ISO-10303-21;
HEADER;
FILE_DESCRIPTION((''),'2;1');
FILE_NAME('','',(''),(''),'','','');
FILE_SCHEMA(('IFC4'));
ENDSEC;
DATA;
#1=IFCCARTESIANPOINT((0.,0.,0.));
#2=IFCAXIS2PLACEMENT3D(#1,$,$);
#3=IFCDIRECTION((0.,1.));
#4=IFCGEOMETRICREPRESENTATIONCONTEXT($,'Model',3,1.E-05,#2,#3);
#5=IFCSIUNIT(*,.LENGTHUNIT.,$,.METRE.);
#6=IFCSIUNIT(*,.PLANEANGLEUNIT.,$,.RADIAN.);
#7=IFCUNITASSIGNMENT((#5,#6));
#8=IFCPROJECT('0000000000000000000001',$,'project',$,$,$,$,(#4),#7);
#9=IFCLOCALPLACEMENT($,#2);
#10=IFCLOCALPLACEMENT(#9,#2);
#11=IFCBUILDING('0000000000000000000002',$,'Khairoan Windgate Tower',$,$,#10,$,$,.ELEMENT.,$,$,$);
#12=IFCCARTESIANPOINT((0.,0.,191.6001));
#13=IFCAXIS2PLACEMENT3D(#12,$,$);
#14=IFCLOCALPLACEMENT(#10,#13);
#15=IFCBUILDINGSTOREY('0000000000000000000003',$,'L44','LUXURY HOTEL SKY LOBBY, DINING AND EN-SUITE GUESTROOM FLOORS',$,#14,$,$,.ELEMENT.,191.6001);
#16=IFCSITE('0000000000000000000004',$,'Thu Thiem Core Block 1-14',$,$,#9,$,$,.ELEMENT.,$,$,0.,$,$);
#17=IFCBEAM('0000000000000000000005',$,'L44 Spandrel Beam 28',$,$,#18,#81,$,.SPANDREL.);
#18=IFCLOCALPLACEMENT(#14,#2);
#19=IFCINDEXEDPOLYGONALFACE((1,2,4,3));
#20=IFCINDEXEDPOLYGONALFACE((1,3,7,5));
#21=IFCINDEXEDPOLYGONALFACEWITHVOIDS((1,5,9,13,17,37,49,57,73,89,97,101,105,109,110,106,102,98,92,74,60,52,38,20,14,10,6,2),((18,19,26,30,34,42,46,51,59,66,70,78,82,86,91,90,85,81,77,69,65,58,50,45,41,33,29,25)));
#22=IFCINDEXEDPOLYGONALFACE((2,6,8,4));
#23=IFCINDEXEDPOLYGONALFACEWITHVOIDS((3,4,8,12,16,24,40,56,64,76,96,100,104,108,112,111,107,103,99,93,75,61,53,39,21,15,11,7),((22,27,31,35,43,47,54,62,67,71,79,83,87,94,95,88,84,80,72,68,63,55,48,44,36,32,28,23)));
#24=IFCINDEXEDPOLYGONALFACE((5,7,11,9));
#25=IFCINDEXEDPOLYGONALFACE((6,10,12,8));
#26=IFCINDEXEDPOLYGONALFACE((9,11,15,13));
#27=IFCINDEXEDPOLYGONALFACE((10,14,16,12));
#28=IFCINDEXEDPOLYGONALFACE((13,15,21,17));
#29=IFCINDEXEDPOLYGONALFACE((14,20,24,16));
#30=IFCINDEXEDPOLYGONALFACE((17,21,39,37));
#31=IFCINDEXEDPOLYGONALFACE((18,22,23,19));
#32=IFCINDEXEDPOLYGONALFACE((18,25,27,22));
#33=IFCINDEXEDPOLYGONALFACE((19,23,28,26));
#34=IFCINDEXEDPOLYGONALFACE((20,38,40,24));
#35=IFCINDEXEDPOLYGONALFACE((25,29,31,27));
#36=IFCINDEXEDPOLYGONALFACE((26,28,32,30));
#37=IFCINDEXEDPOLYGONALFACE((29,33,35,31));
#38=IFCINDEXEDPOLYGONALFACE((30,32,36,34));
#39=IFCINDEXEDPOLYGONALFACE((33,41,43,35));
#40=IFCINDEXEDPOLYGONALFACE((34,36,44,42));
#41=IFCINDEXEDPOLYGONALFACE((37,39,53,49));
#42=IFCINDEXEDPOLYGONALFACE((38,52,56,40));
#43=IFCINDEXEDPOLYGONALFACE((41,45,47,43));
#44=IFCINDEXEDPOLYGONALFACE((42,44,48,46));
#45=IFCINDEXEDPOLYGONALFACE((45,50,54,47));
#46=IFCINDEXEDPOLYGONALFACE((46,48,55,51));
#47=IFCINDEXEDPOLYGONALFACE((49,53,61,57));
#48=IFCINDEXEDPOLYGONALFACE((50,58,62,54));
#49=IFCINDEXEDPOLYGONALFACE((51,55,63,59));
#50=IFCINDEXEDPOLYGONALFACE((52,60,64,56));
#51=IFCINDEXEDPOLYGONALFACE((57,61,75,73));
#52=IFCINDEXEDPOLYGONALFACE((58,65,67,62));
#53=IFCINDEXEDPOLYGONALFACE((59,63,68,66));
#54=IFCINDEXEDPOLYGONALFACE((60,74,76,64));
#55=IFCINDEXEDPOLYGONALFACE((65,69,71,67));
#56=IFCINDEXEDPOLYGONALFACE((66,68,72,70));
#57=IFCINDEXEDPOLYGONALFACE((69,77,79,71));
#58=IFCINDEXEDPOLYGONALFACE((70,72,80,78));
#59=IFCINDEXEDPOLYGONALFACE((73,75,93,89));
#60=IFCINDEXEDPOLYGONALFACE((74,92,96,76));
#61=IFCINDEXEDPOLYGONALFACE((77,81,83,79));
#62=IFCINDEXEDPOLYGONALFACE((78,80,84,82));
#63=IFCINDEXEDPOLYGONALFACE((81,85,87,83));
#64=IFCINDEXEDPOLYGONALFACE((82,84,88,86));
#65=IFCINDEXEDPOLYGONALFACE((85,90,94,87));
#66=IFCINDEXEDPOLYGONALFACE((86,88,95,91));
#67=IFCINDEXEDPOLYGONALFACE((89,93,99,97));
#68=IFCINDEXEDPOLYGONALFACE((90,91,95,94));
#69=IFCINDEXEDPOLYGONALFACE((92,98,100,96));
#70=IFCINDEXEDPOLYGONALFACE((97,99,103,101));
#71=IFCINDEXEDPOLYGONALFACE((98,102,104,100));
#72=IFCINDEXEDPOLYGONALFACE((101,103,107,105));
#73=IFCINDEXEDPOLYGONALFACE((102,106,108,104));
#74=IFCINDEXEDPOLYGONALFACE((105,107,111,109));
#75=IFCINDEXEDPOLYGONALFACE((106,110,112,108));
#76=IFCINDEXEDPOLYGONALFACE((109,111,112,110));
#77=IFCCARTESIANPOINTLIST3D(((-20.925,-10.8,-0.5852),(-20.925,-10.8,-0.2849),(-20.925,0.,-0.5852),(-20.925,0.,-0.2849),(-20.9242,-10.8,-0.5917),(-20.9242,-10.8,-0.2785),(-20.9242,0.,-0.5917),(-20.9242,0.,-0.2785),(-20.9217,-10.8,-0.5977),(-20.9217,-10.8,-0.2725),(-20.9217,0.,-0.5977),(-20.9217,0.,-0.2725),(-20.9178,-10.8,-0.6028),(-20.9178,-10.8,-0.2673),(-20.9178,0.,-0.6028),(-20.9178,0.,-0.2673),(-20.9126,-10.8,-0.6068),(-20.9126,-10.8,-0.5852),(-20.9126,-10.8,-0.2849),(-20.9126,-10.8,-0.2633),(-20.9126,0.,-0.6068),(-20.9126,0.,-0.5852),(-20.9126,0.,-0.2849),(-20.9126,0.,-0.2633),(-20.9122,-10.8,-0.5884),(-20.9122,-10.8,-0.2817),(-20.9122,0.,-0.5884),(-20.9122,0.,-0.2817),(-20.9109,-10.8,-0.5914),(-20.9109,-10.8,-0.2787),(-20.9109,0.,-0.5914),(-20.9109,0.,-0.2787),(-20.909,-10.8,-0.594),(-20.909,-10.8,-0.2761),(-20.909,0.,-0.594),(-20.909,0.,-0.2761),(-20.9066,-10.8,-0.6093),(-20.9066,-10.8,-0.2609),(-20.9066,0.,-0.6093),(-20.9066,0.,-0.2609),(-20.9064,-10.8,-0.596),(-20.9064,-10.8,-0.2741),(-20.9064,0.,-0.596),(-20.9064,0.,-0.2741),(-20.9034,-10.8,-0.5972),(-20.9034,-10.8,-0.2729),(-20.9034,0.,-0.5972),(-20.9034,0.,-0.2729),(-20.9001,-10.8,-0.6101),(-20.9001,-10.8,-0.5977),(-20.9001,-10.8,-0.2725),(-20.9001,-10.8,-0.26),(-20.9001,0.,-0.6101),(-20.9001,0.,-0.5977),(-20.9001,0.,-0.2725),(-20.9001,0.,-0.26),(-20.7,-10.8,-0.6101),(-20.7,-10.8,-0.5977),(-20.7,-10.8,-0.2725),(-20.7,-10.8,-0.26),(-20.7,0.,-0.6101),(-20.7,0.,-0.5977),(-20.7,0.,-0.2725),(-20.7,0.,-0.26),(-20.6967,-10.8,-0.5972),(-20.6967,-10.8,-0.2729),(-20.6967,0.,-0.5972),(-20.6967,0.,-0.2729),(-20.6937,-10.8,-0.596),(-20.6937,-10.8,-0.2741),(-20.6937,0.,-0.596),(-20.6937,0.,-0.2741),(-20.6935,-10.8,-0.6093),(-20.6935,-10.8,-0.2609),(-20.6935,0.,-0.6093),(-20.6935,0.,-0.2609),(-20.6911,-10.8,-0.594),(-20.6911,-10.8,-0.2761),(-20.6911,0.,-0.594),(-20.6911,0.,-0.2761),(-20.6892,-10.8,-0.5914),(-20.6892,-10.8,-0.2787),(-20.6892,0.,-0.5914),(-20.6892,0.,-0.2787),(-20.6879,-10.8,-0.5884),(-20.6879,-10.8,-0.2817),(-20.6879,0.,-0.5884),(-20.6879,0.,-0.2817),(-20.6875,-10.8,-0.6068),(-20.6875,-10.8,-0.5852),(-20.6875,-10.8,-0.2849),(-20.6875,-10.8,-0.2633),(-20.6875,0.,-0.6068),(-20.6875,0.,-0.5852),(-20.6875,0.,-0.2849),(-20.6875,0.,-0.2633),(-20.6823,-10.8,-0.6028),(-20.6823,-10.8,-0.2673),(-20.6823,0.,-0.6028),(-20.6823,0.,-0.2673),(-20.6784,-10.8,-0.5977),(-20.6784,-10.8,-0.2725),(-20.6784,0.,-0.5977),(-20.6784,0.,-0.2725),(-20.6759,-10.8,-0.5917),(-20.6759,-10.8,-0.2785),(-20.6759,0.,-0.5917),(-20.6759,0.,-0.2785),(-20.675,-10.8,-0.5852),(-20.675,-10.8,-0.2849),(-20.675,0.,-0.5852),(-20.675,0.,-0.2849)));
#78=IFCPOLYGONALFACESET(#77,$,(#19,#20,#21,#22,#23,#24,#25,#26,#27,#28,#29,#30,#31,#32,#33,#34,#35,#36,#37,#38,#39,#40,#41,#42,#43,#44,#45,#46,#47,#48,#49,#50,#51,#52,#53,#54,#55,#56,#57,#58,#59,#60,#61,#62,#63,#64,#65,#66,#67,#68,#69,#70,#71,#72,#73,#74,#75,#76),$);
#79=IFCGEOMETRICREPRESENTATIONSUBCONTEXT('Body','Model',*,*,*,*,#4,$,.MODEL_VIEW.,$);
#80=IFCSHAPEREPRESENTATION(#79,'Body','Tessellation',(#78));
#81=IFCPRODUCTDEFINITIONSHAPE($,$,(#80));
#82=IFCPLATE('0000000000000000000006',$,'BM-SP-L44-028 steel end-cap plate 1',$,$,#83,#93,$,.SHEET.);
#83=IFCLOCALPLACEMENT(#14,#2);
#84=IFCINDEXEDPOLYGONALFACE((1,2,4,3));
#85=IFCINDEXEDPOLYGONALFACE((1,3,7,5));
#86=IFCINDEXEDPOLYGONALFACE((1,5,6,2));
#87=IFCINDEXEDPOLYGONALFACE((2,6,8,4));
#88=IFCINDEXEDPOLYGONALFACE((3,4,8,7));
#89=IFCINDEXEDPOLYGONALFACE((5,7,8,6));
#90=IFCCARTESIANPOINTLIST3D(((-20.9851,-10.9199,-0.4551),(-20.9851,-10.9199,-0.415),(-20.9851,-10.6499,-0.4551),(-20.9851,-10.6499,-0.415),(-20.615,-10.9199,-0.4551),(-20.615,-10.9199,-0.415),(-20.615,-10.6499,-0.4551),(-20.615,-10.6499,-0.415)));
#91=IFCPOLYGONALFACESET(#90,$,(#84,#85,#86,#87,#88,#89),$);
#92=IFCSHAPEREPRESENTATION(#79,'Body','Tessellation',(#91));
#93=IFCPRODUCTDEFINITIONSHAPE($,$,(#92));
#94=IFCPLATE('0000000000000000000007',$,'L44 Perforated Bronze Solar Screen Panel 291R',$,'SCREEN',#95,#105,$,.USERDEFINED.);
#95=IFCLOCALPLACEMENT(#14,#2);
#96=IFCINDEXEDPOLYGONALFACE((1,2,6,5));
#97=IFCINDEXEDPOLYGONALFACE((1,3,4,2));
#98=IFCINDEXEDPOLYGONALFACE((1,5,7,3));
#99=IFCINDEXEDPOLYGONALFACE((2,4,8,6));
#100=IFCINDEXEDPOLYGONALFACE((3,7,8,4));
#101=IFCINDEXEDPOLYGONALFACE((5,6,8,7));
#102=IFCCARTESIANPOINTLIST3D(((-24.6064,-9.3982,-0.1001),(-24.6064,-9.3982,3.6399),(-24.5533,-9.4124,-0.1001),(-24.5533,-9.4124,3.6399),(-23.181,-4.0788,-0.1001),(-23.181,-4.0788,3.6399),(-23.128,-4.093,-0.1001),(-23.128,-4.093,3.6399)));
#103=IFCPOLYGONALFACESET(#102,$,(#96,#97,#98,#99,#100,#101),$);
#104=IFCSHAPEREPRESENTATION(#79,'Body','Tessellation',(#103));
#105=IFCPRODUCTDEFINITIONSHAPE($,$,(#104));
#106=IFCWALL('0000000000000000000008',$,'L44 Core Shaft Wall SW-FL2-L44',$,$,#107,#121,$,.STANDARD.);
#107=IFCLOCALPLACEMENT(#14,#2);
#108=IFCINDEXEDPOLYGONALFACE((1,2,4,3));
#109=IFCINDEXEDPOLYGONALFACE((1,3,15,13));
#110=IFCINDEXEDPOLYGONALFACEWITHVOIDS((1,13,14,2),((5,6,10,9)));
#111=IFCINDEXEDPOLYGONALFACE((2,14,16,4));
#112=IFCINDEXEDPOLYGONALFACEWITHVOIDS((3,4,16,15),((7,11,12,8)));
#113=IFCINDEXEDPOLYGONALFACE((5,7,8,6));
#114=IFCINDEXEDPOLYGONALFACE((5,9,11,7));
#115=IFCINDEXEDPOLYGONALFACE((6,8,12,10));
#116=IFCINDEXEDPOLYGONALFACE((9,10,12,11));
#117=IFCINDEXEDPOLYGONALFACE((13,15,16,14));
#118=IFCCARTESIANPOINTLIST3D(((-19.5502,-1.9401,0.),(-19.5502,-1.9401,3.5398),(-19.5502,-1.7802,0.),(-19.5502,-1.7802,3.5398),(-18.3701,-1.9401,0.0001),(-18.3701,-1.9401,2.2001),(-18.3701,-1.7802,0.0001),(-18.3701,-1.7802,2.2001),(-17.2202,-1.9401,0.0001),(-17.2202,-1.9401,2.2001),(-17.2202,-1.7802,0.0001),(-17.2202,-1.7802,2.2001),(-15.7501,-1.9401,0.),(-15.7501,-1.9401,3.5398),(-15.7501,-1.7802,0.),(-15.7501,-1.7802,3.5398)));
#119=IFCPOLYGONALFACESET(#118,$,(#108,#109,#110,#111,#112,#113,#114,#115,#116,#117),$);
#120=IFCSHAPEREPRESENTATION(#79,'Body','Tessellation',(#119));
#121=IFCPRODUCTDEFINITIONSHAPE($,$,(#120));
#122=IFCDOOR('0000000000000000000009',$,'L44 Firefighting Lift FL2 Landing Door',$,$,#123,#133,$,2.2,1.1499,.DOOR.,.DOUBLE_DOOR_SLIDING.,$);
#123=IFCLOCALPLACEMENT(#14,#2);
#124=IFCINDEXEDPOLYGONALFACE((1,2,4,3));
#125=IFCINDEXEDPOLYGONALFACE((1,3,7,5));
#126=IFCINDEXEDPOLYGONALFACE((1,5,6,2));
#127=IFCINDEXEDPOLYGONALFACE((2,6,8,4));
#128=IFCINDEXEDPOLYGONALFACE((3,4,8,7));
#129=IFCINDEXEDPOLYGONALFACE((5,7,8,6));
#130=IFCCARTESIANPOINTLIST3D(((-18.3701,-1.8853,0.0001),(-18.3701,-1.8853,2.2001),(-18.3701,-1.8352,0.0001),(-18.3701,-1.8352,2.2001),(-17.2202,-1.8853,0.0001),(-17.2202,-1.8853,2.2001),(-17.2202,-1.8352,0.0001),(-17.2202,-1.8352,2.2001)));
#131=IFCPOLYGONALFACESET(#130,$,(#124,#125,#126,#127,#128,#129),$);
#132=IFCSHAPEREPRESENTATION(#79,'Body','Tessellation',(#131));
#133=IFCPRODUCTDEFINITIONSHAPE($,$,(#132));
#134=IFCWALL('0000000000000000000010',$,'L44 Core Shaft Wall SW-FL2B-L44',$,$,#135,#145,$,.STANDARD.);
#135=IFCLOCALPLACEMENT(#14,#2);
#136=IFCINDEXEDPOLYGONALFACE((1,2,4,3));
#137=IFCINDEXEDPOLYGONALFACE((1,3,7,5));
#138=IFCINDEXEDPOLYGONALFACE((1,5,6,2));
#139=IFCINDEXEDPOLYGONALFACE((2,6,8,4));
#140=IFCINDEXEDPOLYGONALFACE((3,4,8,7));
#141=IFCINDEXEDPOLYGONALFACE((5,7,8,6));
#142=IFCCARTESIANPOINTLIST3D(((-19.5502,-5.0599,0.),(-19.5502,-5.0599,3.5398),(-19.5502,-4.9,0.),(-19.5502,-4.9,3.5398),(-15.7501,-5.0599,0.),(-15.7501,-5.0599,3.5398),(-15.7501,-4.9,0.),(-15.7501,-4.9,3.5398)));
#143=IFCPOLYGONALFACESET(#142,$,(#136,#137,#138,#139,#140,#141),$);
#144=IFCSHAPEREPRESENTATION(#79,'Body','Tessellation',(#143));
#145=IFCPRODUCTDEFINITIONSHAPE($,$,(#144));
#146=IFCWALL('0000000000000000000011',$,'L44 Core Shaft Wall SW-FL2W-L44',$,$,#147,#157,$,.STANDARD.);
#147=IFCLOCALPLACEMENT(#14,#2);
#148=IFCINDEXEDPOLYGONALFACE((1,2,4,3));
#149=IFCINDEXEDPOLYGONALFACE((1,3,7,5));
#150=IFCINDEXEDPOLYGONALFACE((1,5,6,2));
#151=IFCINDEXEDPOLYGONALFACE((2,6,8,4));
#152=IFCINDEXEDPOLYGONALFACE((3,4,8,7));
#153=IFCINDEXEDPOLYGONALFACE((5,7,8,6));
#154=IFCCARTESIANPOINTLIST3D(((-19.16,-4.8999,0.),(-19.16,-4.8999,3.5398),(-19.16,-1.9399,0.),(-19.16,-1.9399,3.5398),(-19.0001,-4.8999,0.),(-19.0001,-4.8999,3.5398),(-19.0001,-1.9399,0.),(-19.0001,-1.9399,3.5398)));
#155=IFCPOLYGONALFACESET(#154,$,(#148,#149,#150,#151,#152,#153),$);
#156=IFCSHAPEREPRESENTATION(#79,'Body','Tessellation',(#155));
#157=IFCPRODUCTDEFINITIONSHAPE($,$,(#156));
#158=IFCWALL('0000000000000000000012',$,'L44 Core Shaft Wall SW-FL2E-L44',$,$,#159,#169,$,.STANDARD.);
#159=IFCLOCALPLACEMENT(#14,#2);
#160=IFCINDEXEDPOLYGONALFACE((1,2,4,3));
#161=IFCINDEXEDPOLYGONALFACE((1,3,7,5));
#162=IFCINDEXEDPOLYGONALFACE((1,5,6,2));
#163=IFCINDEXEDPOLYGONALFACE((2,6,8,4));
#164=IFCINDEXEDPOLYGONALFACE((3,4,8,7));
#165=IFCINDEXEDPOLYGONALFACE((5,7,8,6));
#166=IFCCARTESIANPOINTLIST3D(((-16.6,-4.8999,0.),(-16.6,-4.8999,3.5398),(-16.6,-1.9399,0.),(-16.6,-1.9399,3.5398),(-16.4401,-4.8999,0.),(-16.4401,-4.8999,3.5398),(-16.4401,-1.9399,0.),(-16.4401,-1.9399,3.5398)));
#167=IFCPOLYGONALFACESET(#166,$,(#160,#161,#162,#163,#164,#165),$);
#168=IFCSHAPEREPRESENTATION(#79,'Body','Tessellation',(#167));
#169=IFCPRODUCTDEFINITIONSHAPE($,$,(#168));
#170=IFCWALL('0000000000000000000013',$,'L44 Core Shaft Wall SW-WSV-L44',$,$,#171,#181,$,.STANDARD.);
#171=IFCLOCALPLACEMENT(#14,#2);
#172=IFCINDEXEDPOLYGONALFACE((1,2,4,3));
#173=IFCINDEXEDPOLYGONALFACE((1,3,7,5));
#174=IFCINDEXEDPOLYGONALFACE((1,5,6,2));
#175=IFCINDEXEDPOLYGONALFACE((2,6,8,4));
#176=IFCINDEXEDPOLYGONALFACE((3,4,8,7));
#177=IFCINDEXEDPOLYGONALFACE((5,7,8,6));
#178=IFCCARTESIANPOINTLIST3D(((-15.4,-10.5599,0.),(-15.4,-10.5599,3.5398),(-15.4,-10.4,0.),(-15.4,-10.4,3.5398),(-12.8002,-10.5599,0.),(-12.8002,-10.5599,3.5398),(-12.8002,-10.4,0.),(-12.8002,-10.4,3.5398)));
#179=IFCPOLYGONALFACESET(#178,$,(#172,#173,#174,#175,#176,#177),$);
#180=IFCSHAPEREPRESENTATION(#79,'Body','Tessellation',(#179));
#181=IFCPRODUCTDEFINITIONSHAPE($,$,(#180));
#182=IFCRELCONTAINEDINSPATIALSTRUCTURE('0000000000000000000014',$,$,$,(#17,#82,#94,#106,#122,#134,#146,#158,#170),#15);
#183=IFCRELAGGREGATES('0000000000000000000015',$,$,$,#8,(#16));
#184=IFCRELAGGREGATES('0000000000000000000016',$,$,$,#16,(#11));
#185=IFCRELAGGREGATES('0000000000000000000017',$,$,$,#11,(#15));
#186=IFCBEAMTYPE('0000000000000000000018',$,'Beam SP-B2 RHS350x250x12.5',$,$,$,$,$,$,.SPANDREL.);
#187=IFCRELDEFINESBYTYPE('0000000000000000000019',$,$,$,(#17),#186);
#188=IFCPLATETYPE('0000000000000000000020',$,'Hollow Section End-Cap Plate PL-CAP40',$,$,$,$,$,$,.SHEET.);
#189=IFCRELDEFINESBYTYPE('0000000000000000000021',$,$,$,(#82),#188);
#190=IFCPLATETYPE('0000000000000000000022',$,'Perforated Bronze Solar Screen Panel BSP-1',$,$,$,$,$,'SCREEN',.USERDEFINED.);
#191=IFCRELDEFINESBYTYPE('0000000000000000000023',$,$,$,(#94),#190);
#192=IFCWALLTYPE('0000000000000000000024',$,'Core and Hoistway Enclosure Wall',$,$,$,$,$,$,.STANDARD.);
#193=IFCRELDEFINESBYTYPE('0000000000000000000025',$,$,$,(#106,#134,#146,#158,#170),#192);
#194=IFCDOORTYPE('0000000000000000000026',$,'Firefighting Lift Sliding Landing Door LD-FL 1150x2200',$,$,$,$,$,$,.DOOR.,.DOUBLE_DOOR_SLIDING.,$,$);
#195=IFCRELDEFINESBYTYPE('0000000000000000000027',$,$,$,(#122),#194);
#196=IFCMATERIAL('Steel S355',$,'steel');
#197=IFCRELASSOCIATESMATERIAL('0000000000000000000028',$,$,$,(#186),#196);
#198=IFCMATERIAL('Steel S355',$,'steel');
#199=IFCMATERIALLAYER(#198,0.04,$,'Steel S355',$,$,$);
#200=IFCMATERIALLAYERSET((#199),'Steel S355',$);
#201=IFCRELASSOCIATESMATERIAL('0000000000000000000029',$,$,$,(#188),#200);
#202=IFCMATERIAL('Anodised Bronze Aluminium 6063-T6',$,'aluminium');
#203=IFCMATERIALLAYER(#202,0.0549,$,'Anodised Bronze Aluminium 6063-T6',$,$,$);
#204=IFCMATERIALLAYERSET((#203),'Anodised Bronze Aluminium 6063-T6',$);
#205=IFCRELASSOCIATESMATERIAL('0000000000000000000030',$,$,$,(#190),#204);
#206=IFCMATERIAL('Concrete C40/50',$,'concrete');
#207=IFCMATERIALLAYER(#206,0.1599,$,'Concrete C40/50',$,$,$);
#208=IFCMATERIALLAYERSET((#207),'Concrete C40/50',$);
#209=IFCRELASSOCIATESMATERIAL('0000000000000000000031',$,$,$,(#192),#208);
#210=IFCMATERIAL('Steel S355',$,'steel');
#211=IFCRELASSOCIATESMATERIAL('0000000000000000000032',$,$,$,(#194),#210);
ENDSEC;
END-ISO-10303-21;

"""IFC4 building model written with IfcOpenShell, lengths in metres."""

from ifc_helpers import new_model, si_unit, direction, frame, frame_2d, origin, origin_2d, place, context, subcontext, project, spatial, rectangle, hollow_rectangle, extrude, material, layer, layer_set, material_profile, profile_set, type_object, element, fill, save


model = new_model("IFC4")

# Units and contexts
model_context = context("Model", 3, precision=1e-05, world=origin(), true_north=direction((0.0, 1.0)))
body_context = subcontext(model_context, "Body", "Model", "MODEL_VIEW")
ifc_project = project(units=[si_unit("LENGTHUNIT", "METRE"), si_unit("PLANEANGLEUNIT", "RADIAN")], contexts=[model_context])

# Site, building, storey
site_placement = place(None, origin())
site = spatial("IfcSite", under=ifc_project, at=site_placement, Name="Thu Thiem Core Block 1-14", CompositionType="ELEMENT", RefElevation=0.0)
building_placement = place(site_placement, origin())
building = spatial("IfcBuilding", under=site, at=building_placement, Name="Khairoan Windgate Tower", CompositionType="ELEMENT")
storey_placement = place(building_placement, frame((0.0, 0.0, 191.6001)))
storey = spatial("IfcBuildingStorey", under=building, at=storey_placement, Name="L44", Description="LUXURY HOTEL SKY LOBBY, DINING AND EN-SUITE GUESTROOM FLOORS", CompositionType="ELEMENT", Elevation=191.6001)

# Beam
ifc_material_1 = material(Name="Steel S355", Category="steel")
ifc_material_profile_1 = material_profile(ifc_material_1, hollow_rectangle(XDim=0.25, YDim=0.3501, WallThickness=0.0125, InnerFilletRadius=0.0125, OuterFilletRadius=0.0249, at=origin_2d()))
ifc_profile_set_1 = profile_set([ifc_material_profile_1], Name="Steel S355")
beam_type_1 = type_object("IfcBeamType", Name="Beam SP-B2 RHS350x250x12.5", PredefinedType="SPANDREL", material=ifc_profile_set_1)
beam_1_placement = place(storey_placement, frame((-20.8, -10.8, -0.4351), z_axis=(0.0, 1.0, 0.0), x_axis=(-1.0, 0.0, 0.0)))
element("IfcBeam", 1, at=beam_1_placement, inside=storey, type_object=beam_type_1, Name="L44 Spandrel Beam 28", PredefinedType="SPANDREL", context=body_context, shape_type="SweptSolid", body=[
    extrude(hollow_rectangle(XDim=0.25, YDim=0.3501, WallThickness=0.0125, InnerFilletRadius=0.0125, OuterFilletRadius=0.0249, at=origin_2d()), origin(), (0.0, 0.0, 1.0), 10.8),
])

# Plates
ifc_material_2 = material(Name="Steel S355", Category="steel")
ifc_layer_1 = layer(ifc_material_2, 0.04, Name="Steel S355")
ifc_layer_set_1 = layer_set([ifc_layer_1], Name="Steel S355")
plate_type_1 = type_object("IfcPlateType", Name="Hollow Section End-Cap Plate PL-CAP40", PredefinedType="SHEET", material=ifc_layer_set_1)
plate_1_placement = place(storey_placement, frame((-20.8, -10.7849, -0.4551), z_axis=(0.0, 0.0, 1.0), x_axis=(0.0, 1.0, 0.0)))
element("IfcPlate", 2, at=plate_1_placement, inside=storey, type_object=plate_type_1, Name="BM-SP-L44-028 steel end-cap plate 1", PredefinedType="SHEET", context=body_context, shape_type="SweptSolid", body=[
    extrude(rectangle(XDim=0.27, YDim=0.3701, at=origin_2d()), origin(), (0.0, 0.0, 1.0), 0.04),
])
ifc_material_3 = material(Name="Anodised Bronze Aluminium 6063-T6", Category="aluminium")
ifc_layer_2 = layer(ifc_material_3, 0.0549, Name="Anodised Bronze Aluminium 6063-T6")
ifc_layer_set_2 = layer_set([ifc_layer_2], Name="Anodised Bronze Aluminium 6063-T6")
plate_type_2 = type_object("IfcPlateType", Name="Perforated Bronze Solar Screen Panel BSP-1", ElementType="SCREEN", PredefinedType="USERDEFINED", material=ifc_layer_set_2)
plate_2_placement = place(storey_placement, frame((-23.8672, -6.7456, -0.1001), z_axis=(0.0, 0.0, 1.0), x_axis=(0.258819, 0.965926, 0.0)))
element("IfcPlate", 3, at=plate_2_placement, inside=storey, type_object=plate_type_2, Name="L44 Perforated Bronze Solar Screen Panel 291R", ObjectType="SCREEN", PredefinedType="USERDEFINED", context=body_context, shape_type="SweptSolid", body=[
    extrude(rectangle(XDim=5.5071, YDim=0.0549, at=origin_2d()), origin(), (0.0, 0.0, 1.0), 3.74),
])

# Wall, opening, door
ifc_material_4 = material(Name="Concrete C40/50", Category="concrete")
ifc_layer_3 = layer(ifc_material_4, 0.1599, Name="Concrete C40/50")
ifc_layer_set_3 = layer_set([ifc_layer_3], Name="Concrete C40/50")
wall_type_1 = type_object("IfcWallType", Name="Core and Hoistway Enclosure Wall", PredefinedType="STANDARD", material=ifc_layer_set_3)
wall_1_placement = place(storey_placement, frame((-19.55, -1.8601, 0.0), z_axis=(0.0, 0.0, 1.0), x_axis=(1.0, 0.0, 0.0)))
wall_1 = element("IfcWall", 4, at=wall_1_placement, inside=storey, type_object=wall_type_1, Name="L44 Core Shaft Wall SW-FL2-L44", PredefinedType="STANDARD", context=body_context, shape_type="SweptSolid", body=[
    extrude(rectangle(XDim=3.8, YDim=0.1599, at=frame_2d((1.8999, 0.0))), origin(), (0.0, 0.0, 1.0), 3.5398),
])
opening_1_placement = place(wall_1_placement, frame((1.1799, 0.0, 0.0)))
opening_1 = element("IfcOpeningElement", 5, at=opening_1_placement, cuts=wall_1, PredefinedType="OPENING", context=body_context, shape_type="SweptSolid", body=[
    extrude(rectangle(XDim=1.1499, YDim=2.2, at=frame_2d((0.575, 1.1001))), frame((0.0, 0.0898, 0.0), z_axis=(0.0, -1.0, 0.0), x_axis=(1.0, 0.0, 0.0)), (0.0, 0.0, 1.0), 0.1799),
])
ifc_material_5 = material(Name="Steel S355", Category="steel")
door_type_1 = type_object("IfcDoorType", Name="Firefighting Lift Sliding Landing Door LD-FL 1150x2200", OperationType="DOUBLE_DOOR_SLIDING", PredefinedType="DOOR", material=ifc_material_5)
door_1_placement = place(opening_1_placement, origin())
door_1 = element("IfcDoor", 6, at=door_1_placement, inside=storey, type_object=door_type_1, Name="L44 Firefighting Lift FL2 Landing Door", OperationType="DOUBLE_DOOR_SLIDING", OverallHeight=2.2, OverallWidth=1.1499, PredefinedType="DOOR", context=body_context, shape_type="SweptSolid", body=[
    extrude(rectangle(XDim=1.1499, YDim=2.2, at=frame_2d((0.575, 1.1001))), frame((0.0, 0.0249, 0.0), z_axis=(0.0, -1.0, 0.0), x_axis=(1.0, 0.0, 0.0)), (0.0, 0.0, 1.0), 0.05),
])
fill(opening_1, door_1)

# Walls
wall_2_placement = place(storey_placement, frame((-19.55, -4.98, 0.0), z_axis=(0.0, 0.0, 1.0), x_axis=(1.0, 0.0, 0.0)))
element("IfcWall", 7, at=wall_2_placement, inside=storey, type_object=wall_type_1, Name="L44 Core Shaft Wall SW-FL2B-L44", PredefinedType="STANDARD", context=body_context, shape_type="SweptSolid", body=[
    extrude(rectangle(XDim=3.8, YDim=0.1599, at=frame_2d((1.8999, 0.0))), origin(), (0.0, 0.0, 1.0), 3.5398),
])
for number, where, z_axis, x_axis, name in (
    (8, (-19.0801, -4.8999, 0.0), (0.0, 0.0, 1.0), (0.0, 1.0, 0.0), "L44 Core Shaft Wall SW-FL2W-L44"),
    (9, (-16.52, -4.8999, 0.0), (0.0, 0.0, 1.0), (0.0, 1.0, 0.0), "L44 Core Shaft Wall SW-FL2E-L44"),
):
    element("IfcWall", number, at=place(storey_placement, frame(where, z_axis=z_axis, x_axis=x_axis)), inside=storey, type_object=wall_type_1, Name=name, PredefinedType="STANDARD", context=body_context, shape_type="SweptSolid", body=[
        extrude(rectangle(XDim=2.96, YDim=0.1599, at=frame_2d((1.48, 0.0))), origin(), (0.0, 0.0, 1.0), 3.5398),
    ])
wall_3_placement = place(storey_placement, frame((-15.3999, -10.48, 0.0), z_axis=(0.0, 0.0, 1.0), x_axis=(1.0, 0.0, 0.0)))
element("IfcWall", 10, at=wall_3_placement, inside=storey, type_object=wall_type_1, Name="L44 Core Shaft Wall SW-WSV-L44", PredefinedType="STANDARD", context=body_context, shape_type="SweptSolid", body=[
    extrude(rectangle(XDim=2.5999, YDim=0.1599, at=frame_2d((1.2998, 0.0))), origin(), (0.0, 0.0, 1.0), 3.5398),
])

save(model, "model.ifc")
